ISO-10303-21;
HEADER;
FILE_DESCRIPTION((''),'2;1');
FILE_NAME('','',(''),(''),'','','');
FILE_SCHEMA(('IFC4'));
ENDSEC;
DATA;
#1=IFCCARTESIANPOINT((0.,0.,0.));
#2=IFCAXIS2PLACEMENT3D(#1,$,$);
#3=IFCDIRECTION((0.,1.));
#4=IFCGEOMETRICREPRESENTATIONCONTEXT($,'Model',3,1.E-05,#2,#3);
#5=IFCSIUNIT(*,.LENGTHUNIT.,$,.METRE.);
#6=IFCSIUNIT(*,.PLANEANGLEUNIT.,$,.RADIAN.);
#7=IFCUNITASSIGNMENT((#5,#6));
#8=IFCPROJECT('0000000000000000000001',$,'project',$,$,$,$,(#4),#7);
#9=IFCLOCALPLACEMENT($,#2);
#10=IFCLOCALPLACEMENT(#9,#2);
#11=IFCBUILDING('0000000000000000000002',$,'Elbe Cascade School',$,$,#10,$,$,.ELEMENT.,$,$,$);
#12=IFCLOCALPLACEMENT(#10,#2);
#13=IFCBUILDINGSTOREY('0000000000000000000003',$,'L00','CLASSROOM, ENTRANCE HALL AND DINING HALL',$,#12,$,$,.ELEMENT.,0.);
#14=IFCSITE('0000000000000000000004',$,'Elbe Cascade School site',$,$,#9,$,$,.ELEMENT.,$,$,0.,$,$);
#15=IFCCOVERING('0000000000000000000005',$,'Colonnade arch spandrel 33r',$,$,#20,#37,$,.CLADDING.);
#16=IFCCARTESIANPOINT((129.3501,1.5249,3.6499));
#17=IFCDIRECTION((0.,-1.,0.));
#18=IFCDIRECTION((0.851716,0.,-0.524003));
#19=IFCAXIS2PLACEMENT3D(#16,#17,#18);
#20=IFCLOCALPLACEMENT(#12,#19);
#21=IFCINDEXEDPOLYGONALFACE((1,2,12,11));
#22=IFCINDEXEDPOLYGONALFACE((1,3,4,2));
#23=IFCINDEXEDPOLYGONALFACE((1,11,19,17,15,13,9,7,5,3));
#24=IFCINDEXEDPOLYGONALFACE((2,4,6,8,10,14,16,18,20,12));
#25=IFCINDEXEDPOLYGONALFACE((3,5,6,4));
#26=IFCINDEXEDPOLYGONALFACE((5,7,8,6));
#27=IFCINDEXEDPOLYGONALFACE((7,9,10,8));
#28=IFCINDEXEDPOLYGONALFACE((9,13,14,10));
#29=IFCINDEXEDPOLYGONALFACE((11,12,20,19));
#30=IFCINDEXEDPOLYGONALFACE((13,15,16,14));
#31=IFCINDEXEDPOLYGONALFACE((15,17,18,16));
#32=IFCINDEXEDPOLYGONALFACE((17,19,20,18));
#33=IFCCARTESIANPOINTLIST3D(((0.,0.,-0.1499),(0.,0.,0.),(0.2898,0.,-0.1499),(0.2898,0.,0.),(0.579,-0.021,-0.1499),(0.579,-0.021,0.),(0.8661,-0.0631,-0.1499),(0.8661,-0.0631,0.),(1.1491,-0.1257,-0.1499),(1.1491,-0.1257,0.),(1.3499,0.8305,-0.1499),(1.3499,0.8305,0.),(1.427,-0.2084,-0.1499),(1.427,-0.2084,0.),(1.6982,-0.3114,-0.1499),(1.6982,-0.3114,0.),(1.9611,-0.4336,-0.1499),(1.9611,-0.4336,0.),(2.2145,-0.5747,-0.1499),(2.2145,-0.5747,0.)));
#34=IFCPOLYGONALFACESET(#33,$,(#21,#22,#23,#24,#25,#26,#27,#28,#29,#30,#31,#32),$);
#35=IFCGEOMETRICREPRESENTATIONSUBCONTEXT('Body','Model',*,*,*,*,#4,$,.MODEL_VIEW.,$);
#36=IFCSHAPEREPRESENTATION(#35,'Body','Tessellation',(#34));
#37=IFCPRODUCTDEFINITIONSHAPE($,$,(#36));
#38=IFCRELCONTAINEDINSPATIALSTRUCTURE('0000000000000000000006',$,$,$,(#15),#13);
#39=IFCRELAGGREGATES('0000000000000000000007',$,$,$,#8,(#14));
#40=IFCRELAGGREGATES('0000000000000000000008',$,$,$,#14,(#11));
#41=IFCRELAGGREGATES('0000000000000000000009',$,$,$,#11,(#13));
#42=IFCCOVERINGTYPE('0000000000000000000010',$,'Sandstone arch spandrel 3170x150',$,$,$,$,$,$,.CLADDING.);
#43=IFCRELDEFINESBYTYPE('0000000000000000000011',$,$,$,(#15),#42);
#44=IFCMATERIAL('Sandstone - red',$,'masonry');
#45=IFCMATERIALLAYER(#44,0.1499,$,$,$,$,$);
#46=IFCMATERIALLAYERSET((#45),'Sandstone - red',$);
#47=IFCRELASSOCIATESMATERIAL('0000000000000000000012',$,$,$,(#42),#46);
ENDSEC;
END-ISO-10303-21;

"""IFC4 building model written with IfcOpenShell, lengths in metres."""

from ifc_helpers import new_model, si_unit, direction, frame, origin, place, context, subcontext, project, spatial, polyline, outline, extrude, material, layer, layer_set, type_object, element, save


model = new_model("IFC4")

# Units and contexts
model_context = context("Model", 3, precision=1e-05, world=origin(), true_north=direction((0.0, 1.0)))
body_context = subcontext(model_context, "Body", "Model", "MODEL_VIEW")
ifc_project = project(units=[si_unit("LENGTHUNIT", "METRE"), si_unit("PLANEANGLEUNIT", "RADIAN")], contexts=[model_context])

# Site, building, storey
site_placement = place(None, origin())
site = spatial("IfcSite", under=ifc_project, at=site_placement, Name="Elbe Cascade School site", CompositionType="ELEMENT", RefElevation=0.0)
building_placement = place(site_placement, origin())
building = spatial("IfcBuilding", under=site, at=building_placement, Name="Elbe Cascade School", CompositionType="ELEMENT")
storey_placement = place(building_placement, origin())
storey = spatial("IfcBuildingStorey", under=building, at=storey_placement, Name="L00", Description="CLASSROOM, ENTRANCE HALL AND DINING HALL", CompositionType="ELEMENT", Elevation=0.0)

# Covering
ifc_material_1 = material(Name="Sandstone - red", Category="masonry")
ifc_layer_1 = layer(ifc_material_1, 0.1499)
ifc_layer_set_1 = layer_set([ifc_layer_1], Name="Sandstone - red")
covering_type_1 = type_object("IfcCoveringType", Name="Sandstone arch spandrel 3170x150", PredefinedType="CLADDING", material=ifc_layer_set_1)
covering_1_placement = place(storey_placement, frame((129.3501, 1.5249, 3.6499), z_axis=(0.0, -1.0, 0.0), x_axis=(0.851716, 0.0, -0.524003)))
element("IfcCovering", 1, at=covering_1_placement, inside=storey, type_object=covering_type_1, Name="Colonnade arch spandrel 33r", PredefinedType="CLADDING", context=body_context, shape_type="SweptSolid", body=[
    extrude(outline(polyline([(0.0, 0.0), (0.2898, 0.0), (0.579, -0.021), (0.8661, -0.0631), (1.1491, -0.1257), (1.427, -0.2084), (1.6982, -0.3114), (1.9611, -0.4336), (2.2145, -0.5747), (1.3499, 0.8305), (0.0, 0.0)])), origin(), (0.0, 0.0, -1.0), 0.1499),
])

save(model, "model.ifc")
